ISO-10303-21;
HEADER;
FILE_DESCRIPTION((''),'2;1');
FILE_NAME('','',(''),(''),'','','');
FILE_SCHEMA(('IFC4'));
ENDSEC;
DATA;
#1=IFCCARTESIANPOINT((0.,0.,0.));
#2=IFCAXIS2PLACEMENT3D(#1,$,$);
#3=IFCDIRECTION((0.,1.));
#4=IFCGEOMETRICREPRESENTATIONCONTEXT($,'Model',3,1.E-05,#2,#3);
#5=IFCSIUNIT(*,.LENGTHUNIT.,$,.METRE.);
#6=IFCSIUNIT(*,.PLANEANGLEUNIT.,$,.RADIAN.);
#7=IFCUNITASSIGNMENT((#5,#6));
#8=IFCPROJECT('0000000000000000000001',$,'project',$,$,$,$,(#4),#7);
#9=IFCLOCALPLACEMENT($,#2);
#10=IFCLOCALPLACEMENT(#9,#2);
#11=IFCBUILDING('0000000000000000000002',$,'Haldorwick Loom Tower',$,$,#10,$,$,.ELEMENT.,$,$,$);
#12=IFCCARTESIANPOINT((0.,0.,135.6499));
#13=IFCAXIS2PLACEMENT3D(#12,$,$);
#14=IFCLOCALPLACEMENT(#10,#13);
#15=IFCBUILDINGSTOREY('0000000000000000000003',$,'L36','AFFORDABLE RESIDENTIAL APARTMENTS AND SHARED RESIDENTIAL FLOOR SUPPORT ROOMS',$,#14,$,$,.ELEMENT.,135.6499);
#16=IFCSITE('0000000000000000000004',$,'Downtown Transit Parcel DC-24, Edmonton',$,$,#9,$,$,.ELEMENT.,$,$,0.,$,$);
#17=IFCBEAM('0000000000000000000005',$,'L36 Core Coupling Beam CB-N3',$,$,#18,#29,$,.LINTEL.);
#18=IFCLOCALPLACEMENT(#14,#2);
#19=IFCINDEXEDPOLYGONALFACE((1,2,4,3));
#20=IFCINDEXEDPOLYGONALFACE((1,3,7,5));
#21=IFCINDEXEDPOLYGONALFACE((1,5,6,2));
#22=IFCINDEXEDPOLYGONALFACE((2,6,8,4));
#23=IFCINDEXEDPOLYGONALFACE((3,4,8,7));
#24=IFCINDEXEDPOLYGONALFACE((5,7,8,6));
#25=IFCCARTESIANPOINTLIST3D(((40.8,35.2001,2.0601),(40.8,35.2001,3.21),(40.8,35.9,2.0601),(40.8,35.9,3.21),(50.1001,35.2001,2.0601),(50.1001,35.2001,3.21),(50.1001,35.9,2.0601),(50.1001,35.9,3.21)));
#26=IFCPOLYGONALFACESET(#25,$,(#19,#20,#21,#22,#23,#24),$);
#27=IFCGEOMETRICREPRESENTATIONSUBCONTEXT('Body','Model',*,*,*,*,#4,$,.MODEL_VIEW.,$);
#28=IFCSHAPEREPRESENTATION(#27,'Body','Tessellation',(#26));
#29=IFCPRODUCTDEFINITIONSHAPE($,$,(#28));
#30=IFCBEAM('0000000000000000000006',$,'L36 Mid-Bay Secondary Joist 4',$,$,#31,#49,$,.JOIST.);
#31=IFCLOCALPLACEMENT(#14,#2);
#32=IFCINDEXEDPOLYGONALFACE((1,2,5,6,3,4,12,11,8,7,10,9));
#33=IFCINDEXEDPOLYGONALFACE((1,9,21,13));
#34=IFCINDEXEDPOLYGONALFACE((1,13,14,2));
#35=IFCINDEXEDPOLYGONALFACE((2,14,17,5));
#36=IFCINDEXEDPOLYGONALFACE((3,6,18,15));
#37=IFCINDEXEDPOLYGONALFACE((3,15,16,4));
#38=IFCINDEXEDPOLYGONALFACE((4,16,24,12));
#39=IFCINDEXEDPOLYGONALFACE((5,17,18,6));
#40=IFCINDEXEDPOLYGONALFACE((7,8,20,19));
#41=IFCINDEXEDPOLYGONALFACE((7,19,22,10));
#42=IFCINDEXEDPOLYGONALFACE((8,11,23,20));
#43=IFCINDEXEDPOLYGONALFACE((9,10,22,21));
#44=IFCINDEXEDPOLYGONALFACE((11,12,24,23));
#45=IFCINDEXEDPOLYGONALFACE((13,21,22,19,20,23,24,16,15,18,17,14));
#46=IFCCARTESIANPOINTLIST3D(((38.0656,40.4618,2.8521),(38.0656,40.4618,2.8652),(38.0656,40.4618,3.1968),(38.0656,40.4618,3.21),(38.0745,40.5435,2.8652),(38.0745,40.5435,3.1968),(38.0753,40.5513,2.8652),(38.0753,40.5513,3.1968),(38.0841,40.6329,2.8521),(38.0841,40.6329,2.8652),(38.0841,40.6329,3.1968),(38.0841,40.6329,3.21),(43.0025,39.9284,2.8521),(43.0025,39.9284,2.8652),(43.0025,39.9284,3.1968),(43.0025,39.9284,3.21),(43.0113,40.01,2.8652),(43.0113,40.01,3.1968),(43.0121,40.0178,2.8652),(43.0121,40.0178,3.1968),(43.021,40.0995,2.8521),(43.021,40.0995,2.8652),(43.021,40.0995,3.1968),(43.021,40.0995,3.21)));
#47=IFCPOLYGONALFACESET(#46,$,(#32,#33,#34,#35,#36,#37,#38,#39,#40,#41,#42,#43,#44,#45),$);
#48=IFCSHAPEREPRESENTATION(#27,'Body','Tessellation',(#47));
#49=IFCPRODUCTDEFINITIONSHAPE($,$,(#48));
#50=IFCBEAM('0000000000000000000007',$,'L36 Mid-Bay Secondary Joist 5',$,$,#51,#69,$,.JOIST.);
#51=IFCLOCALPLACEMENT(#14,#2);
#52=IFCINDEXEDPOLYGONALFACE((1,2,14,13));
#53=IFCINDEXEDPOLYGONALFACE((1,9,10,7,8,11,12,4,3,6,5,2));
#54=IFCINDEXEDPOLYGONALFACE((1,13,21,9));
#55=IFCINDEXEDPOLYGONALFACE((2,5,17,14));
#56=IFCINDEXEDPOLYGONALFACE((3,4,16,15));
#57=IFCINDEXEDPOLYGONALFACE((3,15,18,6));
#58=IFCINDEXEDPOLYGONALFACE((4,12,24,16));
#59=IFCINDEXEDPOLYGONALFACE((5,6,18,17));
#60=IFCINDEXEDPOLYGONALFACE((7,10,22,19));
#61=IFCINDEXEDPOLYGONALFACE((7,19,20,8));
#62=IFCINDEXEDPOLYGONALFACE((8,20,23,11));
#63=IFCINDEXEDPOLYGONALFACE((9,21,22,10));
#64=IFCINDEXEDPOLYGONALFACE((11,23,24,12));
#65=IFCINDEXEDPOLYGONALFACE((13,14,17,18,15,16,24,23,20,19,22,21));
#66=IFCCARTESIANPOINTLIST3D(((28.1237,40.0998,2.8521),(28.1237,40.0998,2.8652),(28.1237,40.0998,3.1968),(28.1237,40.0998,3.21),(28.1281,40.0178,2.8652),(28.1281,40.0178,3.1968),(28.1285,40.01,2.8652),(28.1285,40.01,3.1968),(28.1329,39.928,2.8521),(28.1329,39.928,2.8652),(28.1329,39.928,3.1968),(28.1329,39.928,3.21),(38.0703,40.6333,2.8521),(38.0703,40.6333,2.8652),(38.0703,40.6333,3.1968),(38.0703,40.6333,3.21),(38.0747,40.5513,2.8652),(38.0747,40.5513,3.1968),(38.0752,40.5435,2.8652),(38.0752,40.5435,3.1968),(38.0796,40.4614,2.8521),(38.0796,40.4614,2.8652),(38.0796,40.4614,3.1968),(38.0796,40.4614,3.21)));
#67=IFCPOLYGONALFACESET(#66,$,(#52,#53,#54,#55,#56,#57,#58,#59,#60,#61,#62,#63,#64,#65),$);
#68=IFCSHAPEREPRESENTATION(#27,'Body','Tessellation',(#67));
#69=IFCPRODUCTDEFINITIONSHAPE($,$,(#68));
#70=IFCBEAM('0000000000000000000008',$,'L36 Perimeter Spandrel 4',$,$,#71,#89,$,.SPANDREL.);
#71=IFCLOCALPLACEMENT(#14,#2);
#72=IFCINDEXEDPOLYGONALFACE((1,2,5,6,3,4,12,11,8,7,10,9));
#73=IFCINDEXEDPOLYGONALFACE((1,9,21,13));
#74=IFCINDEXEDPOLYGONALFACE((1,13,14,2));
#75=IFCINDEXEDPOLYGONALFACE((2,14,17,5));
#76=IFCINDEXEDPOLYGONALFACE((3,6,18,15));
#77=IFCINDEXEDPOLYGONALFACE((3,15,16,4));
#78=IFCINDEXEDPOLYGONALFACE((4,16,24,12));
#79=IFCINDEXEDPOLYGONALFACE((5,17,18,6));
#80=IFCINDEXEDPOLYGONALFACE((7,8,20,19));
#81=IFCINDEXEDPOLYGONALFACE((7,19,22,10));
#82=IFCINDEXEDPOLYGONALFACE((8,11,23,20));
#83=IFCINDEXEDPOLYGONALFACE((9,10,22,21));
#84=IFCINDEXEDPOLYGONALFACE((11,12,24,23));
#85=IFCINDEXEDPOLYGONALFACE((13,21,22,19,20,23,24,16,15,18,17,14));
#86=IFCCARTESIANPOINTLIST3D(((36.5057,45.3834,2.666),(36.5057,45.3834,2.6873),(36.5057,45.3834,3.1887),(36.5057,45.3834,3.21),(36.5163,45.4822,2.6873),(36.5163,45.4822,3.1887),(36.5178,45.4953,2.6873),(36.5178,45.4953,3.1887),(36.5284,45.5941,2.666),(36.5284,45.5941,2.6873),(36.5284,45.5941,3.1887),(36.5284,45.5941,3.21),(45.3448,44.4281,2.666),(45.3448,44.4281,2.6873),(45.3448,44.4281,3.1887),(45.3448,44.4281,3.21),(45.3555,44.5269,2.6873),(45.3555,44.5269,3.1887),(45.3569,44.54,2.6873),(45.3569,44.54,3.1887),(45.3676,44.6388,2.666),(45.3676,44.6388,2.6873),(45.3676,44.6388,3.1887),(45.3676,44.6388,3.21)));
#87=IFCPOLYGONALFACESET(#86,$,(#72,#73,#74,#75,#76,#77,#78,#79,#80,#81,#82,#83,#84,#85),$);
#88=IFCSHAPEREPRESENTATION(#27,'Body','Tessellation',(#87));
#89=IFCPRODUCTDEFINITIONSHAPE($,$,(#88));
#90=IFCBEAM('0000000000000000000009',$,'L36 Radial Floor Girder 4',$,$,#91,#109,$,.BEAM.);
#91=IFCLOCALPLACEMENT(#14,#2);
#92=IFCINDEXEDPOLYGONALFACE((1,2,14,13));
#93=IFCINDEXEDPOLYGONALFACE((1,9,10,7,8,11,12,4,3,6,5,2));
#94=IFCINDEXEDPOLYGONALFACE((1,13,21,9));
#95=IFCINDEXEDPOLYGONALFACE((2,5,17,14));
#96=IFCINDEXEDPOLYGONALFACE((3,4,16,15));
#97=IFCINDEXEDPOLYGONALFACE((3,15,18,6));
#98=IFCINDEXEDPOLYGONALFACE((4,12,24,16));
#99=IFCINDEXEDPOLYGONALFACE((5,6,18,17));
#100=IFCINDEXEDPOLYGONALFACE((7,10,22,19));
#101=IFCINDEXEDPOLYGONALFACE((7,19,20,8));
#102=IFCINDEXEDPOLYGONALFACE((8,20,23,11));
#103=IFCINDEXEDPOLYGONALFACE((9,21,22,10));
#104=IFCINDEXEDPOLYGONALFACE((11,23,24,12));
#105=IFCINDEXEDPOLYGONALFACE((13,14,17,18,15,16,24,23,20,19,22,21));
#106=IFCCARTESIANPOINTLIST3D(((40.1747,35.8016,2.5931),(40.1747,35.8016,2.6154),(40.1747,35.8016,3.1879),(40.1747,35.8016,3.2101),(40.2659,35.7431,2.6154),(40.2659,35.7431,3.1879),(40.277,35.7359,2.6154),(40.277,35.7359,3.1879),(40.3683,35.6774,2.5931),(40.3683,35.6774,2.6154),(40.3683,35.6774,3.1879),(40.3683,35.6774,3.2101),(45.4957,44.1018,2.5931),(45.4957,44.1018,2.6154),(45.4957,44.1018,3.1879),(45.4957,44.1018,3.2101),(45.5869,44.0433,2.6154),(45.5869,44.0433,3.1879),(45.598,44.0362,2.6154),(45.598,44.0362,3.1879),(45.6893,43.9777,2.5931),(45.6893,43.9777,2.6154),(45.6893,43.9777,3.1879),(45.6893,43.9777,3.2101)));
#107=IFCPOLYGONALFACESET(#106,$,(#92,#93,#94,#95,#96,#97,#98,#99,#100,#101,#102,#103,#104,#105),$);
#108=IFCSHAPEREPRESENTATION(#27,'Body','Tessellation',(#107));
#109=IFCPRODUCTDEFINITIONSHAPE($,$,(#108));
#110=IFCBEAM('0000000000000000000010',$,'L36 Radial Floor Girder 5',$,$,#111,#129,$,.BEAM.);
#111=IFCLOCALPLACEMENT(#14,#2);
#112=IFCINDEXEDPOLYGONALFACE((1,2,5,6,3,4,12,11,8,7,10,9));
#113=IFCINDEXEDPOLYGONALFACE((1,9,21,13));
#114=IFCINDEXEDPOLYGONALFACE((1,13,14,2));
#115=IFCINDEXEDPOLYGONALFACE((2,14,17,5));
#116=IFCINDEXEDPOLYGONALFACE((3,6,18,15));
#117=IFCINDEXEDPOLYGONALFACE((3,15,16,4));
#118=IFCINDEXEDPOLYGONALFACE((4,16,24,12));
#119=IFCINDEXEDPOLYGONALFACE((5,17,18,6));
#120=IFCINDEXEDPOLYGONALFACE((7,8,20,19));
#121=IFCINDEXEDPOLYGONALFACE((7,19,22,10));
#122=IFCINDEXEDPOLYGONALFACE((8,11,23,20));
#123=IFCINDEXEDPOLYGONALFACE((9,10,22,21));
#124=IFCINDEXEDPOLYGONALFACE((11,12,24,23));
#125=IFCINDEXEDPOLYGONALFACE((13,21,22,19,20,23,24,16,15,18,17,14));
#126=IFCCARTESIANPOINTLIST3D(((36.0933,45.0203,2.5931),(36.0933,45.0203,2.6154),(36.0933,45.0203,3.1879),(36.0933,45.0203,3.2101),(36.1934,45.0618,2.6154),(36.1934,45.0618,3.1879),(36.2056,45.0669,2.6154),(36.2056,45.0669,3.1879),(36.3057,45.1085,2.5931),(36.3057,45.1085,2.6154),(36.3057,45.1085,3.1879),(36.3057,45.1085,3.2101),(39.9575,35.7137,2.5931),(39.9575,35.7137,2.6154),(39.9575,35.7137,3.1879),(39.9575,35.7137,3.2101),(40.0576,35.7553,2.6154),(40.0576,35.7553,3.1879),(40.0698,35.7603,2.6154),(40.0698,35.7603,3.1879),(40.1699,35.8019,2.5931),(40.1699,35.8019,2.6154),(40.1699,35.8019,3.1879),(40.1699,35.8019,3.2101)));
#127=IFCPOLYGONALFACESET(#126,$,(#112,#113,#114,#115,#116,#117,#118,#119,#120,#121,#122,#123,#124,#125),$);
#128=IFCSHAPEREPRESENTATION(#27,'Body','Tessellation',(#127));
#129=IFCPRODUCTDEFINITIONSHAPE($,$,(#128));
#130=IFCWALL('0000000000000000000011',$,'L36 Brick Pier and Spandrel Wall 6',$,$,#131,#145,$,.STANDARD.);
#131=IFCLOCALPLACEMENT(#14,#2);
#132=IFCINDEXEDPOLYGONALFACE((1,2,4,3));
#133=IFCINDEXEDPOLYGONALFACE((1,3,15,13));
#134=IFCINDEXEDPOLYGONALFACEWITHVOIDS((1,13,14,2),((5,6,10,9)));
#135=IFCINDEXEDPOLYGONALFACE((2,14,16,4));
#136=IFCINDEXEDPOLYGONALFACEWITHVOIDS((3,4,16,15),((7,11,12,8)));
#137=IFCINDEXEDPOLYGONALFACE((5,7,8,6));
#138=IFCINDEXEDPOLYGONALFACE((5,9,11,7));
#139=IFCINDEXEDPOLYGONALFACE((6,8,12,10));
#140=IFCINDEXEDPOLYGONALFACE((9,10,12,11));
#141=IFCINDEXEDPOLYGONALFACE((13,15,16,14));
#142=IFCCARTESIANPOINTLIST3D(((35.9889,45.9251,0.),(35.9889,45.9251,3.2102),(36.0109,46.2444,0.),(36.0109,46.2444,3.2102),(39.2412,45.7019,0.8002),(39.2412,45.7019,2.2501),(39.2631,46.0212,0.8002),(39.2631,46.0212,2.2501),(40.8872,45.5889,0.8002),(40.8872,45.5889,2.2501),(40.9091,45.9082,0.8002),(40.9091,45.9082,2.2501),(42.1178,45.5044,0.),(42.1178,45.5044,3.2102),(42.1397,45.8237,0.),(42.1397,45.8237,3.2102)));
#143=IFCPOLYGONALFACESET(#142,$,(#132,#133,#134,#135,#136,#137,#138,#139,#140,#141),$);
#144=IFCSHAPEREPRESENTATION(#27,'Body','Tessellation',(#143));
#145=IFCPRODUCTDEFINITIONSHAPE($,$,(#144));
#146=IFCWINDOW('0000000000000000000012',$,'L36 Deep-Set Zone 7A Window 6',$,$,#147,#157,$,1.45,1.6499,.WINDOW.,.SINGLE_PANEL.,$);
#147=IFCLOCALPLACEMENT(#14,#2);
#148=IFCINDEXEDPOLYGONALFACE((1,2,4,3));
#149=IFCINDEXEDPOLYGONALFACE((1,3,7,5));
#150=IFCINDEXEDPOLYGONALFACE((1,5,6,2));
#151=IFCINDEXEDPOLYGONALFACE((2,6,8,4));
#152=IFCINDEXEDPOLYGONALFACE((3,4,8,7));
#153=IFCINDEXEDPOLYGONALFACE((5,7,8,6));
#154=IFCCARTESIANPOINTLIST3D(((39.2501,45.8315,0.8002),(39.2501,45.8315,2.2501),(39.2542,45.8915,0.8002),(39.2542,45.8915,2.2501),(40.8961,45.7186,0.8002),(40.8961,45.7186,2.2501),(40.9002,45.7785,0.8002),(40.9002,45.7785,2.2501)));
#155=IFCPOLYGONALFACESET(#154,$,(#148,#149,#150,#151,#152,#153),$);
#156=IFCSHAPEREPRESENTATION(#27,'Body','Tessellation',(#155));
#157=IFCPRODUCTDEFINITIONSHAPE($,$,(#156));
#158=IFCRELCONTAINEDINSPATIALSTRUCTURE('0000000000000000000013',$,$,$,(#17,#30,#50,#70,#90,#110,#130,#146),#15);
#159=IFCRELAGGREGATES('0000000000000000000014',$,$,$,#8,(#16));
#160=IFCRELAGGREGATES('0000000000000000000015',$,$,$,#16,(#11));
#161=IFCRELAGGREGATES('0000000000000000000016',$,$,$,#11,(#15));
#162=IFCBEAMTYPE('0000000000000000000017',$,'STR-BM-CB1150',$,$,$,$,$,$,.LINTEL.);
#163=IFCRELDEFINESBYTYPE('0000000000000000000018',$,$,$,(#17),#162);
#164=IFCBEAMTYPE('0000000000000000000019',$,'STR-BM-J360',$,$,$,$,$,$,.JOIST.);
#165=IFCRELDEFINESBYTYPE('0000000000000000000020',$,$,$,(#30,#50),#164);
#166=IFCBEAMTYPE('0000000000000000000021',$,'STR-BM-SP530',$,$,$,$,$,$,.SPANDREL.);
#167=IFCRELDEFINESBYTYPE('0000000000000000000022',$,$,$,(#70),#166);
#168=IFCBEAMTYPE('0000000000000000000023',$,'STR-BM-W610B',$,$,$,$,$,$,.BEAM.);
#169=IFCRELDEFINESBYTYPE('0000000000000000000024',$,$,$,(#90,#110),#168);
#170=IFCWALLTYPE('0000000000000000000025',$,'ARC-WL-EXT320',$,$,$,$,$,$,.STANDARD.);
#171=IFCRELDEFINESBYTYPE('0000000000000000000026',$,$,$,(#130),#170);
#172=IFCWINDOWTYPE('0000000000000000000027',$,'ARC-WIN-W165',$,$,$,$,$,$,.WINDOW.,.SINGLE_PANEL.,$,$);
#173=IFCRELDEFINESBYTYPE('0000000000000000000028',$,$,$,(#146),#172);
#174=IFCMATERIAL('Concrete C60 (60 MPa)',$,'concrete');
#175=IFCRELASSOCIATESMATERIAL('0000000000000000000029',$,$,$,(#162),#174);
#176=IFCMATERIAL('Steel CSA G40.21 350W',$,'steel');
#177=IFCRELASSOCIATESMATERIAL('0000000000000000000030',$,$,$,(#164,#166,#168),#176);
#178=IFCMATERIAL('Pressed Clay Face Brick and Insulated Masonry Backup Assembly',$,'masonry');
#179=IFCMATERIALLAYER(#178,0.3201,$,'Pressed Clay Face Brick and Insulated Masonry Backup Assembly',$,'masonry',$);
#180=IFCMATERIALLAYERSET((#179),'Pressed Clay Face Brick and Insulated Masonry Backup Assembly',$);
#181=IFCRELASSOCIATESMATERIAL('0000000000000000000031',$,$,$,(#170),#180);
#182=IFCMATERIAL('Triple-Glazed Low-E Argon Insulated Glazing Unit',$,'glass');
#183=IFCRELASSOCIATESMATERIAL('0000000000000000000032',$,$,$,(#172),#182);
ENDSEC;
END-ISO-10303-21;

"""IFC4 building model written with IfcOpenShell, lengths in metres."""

from ifc_helpers import new_model, si_unit, direction, frame, frame_2d, origin, origin_2d, place, context, subcontext, project, spatial, rectangle, i_section, extrude, material, layer, layer_set, material_profile, profile_set, type_object, element, fill, save


model = new_model("IFC4")

# Units and contexts
model_context = context("Model", 3, precision=1e-05, world=origin(), true_north=direction((0.0, 1.0)))
body_context = subcontext(model_context, "Body", "Model", "MODEL_VIEW")
ifc_project = project(units=[si_unit("LENGTHUNIT", "METRE"), si_unit("PLANEANGLEUNIT", "RADIAN")], contexts=[model_context])

# Site, building, storey
site_placement = place(None, origin())
site = spatial("IfcSite", under=ifc_project, at=site_placement, Name="Downtown Transit Parcel DC-24, Edmonton", CompositionType="ELEMENT", RefElevation=0.0)
building_placement = place(site_placement, origin())
building = spatial("IfcBuilding", under=site, at=building_placement, Name="Haldorwick Loom Tower", CompositionType="ELEMENT")
storey_placement = place(building_placement, frame((0.0, 0.0, 135.6499)))
storey = spatial("IfcBuildingStorey", under=building, at=storey_placement, Name="L36", Description="AFFORDABLE RESIDENTIAL APARTMENTS AND SHARED RESIDENTIAL FLOOR SUPPORT ROOMS", CompositionType="ELEMENT", Elevation=135.6499)

# Shared definitions
ifc_material_1 = material(Name="Concrete C60 (60 MPa)", Category="concrete")

# Beams
ifc_material_profile_1 = material_profile(ifc_material_1, rectangle(XDim=0.7, YDim=1.1499, at=origin_2d()), Name="RC700X1150", Category="concrete")
ifc_profile_set_1 = profile_set([ifc_material_profile_1], Name="Concrete C60 (60 MPa)")
beam_type_1 = type_object("IfcBeamType", Name="STR-BM-CB1150", PredefinedType="LINTEL", material=ifc_profile_set_1)
beam_1_placement = place(storey_placement, frame((40.8, 35.55, 2.635), z_axis=(1.0, 0.0, 0.0), x_axis=(0.0, 1.0, 0.0)))
element("IfcBeam", 1, at=beam_1_placement, inside=storey, type_object=beam_type_1, Name="L36 Core Coupling Beam CB-N3", PredefinedType="LINTEL", context=body_context, shape_type="SweptSolid", body=[
    extrude(rectangle(XDim=0.7, YDim=1.1499, at=origin_2d()), origin(), (0.0, 0.0, 1.0), 9.3),
])
ifc_material_2 = material(Name="Steel CSA G40.21 350W", Category="steel")
ifc_material_profile_2 = material_profile(ifc_material_2, i_section(OverallWidth=0.1721, OverallDepth=0.3579, WebThickness=0.0078, FlangeThickness=0.0132, at=origin_2d()), Name="W360X57", Category="steel")
ifc_profile_set_2 = profile_set([ifc_material_profile_2], Name="Steel CSA G40.21 350W")
beam_type_2 = type_object("IfcBeamType", Name="STR-BM-J360", PredefinedType="JOIST", material=ifc_profile_set_2)
beam_2_placement = place(storey_placement, frame((43.0117, 40.0139, 3.031), z_axis=(-0.994213, 0.107431, 0.0), x_axis=(-0.107431, -0.994213, 0.0)))
element("IfcBeam", 2, at=beam_2_placement, inside=storey, type_object=beam_type_2, Name="L36 Mid-Bay Secondary Joist 4", PredefinedType="JOIST", context=body_context, shape_type="SweptSolid", body=[
    extrude(i_section(OverallWidth=0.1721, OverallDepth=0.3579, WebThickness=0.0078, FlangeThickness=0.0132, at=origin_2d()), origin(), (0.0, 0.0, 1.0), 4.9656),
])
beam_3_placement = place(storey_placement, frame((38.075, 40.5474, 3.031), z_axis=(-0.998565, -0.053555, 0.0), x_axis=(0.053555, -0.998565, 0.0)))
element("IfcBeam", 3, at=beam_3_placement, inside=storey, type_object=beam_type_2, Name="L36 Mid-Bay Secondary Joist 5", PredefinedType="JOIST", context=body_context, shape_type="SweptSolid", body=[
    extrude(i_section(OverallWidth=0.1721, OverallDepth=0.3579, WebThickness=0.0078, FlangeThickness=0.0132, at=origin_2d()), origin(), (0.0, 0.0, 1.0), 9.9609),
])
ifc_material_profile_3 = material_profile(ifc_material_2, i_section(OverallWidth=0.2119, OverallDepth=0.5439, WebThickness=0.0132, FlangeThickness=0.0212, at=origin_2d()), Name="W530X123", Category="steel")
ifc_profile_set_3 = profile_set([ifc_material_profile_3], Name="Steel CSA G40.21 350W")
beam_type_3 = type_object("IfcBeamType", Name="STR-BM-SP530", PredefinedType="SPANDREL", material=ifc_profile_set_3)
beam_4_placement = place(storey_placement, frame((45.3562, 44.5334, 2.938), z_axis=(-0.99421, 0.107453, 0.0), x_axis=(-0.107453, -0.99421, 0.0)))
element("IfcBeam", 4, at=beam_4_placement, inside=storey, type_object=beam_type_3, Name="L36 Perimeter Spandrel 4", PredefinedType="SPANDREL", context=body_context, shape_type="SweptSolid", body=[
    extrude(i_section(OverallWidth=0.2119, OverallDepth=0.5439, WebThickness=0.0132, FlangeThickness=0.0212, at=origin_2d()), origin(), (0.0, 0.0, 1.0), 8.8906),
])
ifc_material_profile_4 = material_profile(ifc_material_2, i_section(OverallWidth=0.23, OverallDepth=0.6169, WebThickness=0.0132, FlangeThickness=0.0222, at=origin_2d()), Name="W610X140", Category="steel")
ifc_profile_set_4 = profile_set([ifc_material_profile_4], Name="Steel CSA G40.21 350W")
beam_type_4 = type_object("IfcBeamType", Name="STR-BM-W610B", PredefinedType="BEAM", material=ifc_profile_set_4)
beam_5_placement = place(storey_placement, frame((40.2715, 35.7395, 2.9016), z_axis=(0.539691, 0.841863, 0.0), x_axis=(-0.841863, 0.539691, 0.0)))
element("IfcBeam", 5, at=beam_5_placement, inside=storey, type_object=beam_type_4, Name="L36 Radial Floor Girder 4", PredefinedType="BEAM", context=body_context, shape_type="SweptSolid", body=[
    extrude(i_section(OverallWidth=0.23, OverallDepth=0.6169, WebThickness=0.0132, FlangeThickness=0.0222, at=origin_2d()), origin(), (0.0, 0.0, 1.0), 9.8594),
])
beam_6_placement = place(storey_placement, frame((40.0637, 35.7578, 2.9016), z_axis=(-0.383473, 0.923552, 0.0), x_axis=(-0.923552, -0.383473, 0.0)))
element("IfcBeam", 6, at=beam_6_placement, inside=storey, type_object=beam_type_4, Name="L36 Radial Floor Girder 5", PredefinedType="BEAM", context=body_context, shape_type="SweptSolid", body=[
    extrude(i_section(OverallWidth=0.23, OverallDepth=0.6169, WebThickness=0.0132, FlangeThickness=0.0222, at=origin_2d()), origin(), (0.0, 0.0, 1.0), 10.0769),
])

# Wall, opening, window
ifc_material_3 = material(Name="Pressed Clay Face Brick and Insulated Masonry Backup Assembly", Category="masonry")
ifc_layer_1 = layer(ifc_material_3, 0.3201, Name="Pressed Clay Face Brick and Insulated Masonry Backup Assembly", Category="masonry")
ifc_layer_set_1 = layer_set([ifc_layer_1], Name="Pressed Clay Face Brick and Insulated Masonry Backup Assembly")
wall_type_1 = type_object("IfcWallType", Name="ARC-WL-EXT320", PredefinedType="STANDARD", material=ifc_layer_set_1)
wall_1_placement = place(storey_placement, frame((42.1289, 45.6641, 0.0), z_axis=(0.0, 0.0, 1.0), x_axis=(-0.997653, 0.068473, 0.0)))
wall_1 = element("IfcWall", 7, at=wall_1_placement, inside=storey, type_object=wall_type_1, Name="L36 Brick Pier and Spandrel Wall 6", PredefinedType="STANDARD", context=body_context, shape_type="SweptSolid", body=[
    extrude(rectangle(XDim=6.1433, YDim=0.3201, at=frame_2d((3.0718, 0.0))), origin(), (0.0, 0.0, 1.0), 3.2102),
])
opening_1_placement = place(wall_1_placement, frame((1.2336, 0.0, 0.8)))
opening_1 = element("IfcOpeningElement", 8, at=opening_1_placement, cuts=wall_1, PredefinedType="OPENING", context=body_context, shape_type="SweptSolid", body=[
    extrude(rectangle(XDim=1.6499, YDim=1.45, at=frame_2d((0.825, 0.7251))), frame((0.0, 0.1699, 0.0), z_axis=(0.0, -1.0, 0.0), x_axis=(1.0, 0.0, 0.0)), (0.0, 0.0, 1.0), 0.3401),
])
ifc_material_4 = material(Name="Triple-Glazed Low-E Argon Insulated Glazing Unit", Category="glass")
window_type = type_object("IfcWindowType", Name="ARC-WIN-W165", PartitioningType="SINGLE_PANEL", PredefinedType="WINDOW", material=ifc_material_4)
window_1_placement = place(opening_1_placement, origin())
window_1 = element("IfcWindow", 9, at=window_1_placement, inside=storey, type_object=window_type, Name="L36 Deep-Set Zone 7A Window 6", OverallHeight=1.45, OverallWidth=1.6499, PartitioningType="SINGLE_PANEL", PredefinedType="WINDOW", context=body_context, shape_type="SweptSolid", body=[
    extrude(rectangle(XDim=1.6499, YDim=1.45, at=frame_2d((0.825, 0.7251))), frame((0.0, 0.03, 0.0), z_axis=(0.0, -1.0, 0.0), x_axis=(1.0, 0.0, 0.0)), (0.0, 0.0, 1.0), 0.0601),
])
fill(opening_1, window_1)

save(model, "model.ifc")
